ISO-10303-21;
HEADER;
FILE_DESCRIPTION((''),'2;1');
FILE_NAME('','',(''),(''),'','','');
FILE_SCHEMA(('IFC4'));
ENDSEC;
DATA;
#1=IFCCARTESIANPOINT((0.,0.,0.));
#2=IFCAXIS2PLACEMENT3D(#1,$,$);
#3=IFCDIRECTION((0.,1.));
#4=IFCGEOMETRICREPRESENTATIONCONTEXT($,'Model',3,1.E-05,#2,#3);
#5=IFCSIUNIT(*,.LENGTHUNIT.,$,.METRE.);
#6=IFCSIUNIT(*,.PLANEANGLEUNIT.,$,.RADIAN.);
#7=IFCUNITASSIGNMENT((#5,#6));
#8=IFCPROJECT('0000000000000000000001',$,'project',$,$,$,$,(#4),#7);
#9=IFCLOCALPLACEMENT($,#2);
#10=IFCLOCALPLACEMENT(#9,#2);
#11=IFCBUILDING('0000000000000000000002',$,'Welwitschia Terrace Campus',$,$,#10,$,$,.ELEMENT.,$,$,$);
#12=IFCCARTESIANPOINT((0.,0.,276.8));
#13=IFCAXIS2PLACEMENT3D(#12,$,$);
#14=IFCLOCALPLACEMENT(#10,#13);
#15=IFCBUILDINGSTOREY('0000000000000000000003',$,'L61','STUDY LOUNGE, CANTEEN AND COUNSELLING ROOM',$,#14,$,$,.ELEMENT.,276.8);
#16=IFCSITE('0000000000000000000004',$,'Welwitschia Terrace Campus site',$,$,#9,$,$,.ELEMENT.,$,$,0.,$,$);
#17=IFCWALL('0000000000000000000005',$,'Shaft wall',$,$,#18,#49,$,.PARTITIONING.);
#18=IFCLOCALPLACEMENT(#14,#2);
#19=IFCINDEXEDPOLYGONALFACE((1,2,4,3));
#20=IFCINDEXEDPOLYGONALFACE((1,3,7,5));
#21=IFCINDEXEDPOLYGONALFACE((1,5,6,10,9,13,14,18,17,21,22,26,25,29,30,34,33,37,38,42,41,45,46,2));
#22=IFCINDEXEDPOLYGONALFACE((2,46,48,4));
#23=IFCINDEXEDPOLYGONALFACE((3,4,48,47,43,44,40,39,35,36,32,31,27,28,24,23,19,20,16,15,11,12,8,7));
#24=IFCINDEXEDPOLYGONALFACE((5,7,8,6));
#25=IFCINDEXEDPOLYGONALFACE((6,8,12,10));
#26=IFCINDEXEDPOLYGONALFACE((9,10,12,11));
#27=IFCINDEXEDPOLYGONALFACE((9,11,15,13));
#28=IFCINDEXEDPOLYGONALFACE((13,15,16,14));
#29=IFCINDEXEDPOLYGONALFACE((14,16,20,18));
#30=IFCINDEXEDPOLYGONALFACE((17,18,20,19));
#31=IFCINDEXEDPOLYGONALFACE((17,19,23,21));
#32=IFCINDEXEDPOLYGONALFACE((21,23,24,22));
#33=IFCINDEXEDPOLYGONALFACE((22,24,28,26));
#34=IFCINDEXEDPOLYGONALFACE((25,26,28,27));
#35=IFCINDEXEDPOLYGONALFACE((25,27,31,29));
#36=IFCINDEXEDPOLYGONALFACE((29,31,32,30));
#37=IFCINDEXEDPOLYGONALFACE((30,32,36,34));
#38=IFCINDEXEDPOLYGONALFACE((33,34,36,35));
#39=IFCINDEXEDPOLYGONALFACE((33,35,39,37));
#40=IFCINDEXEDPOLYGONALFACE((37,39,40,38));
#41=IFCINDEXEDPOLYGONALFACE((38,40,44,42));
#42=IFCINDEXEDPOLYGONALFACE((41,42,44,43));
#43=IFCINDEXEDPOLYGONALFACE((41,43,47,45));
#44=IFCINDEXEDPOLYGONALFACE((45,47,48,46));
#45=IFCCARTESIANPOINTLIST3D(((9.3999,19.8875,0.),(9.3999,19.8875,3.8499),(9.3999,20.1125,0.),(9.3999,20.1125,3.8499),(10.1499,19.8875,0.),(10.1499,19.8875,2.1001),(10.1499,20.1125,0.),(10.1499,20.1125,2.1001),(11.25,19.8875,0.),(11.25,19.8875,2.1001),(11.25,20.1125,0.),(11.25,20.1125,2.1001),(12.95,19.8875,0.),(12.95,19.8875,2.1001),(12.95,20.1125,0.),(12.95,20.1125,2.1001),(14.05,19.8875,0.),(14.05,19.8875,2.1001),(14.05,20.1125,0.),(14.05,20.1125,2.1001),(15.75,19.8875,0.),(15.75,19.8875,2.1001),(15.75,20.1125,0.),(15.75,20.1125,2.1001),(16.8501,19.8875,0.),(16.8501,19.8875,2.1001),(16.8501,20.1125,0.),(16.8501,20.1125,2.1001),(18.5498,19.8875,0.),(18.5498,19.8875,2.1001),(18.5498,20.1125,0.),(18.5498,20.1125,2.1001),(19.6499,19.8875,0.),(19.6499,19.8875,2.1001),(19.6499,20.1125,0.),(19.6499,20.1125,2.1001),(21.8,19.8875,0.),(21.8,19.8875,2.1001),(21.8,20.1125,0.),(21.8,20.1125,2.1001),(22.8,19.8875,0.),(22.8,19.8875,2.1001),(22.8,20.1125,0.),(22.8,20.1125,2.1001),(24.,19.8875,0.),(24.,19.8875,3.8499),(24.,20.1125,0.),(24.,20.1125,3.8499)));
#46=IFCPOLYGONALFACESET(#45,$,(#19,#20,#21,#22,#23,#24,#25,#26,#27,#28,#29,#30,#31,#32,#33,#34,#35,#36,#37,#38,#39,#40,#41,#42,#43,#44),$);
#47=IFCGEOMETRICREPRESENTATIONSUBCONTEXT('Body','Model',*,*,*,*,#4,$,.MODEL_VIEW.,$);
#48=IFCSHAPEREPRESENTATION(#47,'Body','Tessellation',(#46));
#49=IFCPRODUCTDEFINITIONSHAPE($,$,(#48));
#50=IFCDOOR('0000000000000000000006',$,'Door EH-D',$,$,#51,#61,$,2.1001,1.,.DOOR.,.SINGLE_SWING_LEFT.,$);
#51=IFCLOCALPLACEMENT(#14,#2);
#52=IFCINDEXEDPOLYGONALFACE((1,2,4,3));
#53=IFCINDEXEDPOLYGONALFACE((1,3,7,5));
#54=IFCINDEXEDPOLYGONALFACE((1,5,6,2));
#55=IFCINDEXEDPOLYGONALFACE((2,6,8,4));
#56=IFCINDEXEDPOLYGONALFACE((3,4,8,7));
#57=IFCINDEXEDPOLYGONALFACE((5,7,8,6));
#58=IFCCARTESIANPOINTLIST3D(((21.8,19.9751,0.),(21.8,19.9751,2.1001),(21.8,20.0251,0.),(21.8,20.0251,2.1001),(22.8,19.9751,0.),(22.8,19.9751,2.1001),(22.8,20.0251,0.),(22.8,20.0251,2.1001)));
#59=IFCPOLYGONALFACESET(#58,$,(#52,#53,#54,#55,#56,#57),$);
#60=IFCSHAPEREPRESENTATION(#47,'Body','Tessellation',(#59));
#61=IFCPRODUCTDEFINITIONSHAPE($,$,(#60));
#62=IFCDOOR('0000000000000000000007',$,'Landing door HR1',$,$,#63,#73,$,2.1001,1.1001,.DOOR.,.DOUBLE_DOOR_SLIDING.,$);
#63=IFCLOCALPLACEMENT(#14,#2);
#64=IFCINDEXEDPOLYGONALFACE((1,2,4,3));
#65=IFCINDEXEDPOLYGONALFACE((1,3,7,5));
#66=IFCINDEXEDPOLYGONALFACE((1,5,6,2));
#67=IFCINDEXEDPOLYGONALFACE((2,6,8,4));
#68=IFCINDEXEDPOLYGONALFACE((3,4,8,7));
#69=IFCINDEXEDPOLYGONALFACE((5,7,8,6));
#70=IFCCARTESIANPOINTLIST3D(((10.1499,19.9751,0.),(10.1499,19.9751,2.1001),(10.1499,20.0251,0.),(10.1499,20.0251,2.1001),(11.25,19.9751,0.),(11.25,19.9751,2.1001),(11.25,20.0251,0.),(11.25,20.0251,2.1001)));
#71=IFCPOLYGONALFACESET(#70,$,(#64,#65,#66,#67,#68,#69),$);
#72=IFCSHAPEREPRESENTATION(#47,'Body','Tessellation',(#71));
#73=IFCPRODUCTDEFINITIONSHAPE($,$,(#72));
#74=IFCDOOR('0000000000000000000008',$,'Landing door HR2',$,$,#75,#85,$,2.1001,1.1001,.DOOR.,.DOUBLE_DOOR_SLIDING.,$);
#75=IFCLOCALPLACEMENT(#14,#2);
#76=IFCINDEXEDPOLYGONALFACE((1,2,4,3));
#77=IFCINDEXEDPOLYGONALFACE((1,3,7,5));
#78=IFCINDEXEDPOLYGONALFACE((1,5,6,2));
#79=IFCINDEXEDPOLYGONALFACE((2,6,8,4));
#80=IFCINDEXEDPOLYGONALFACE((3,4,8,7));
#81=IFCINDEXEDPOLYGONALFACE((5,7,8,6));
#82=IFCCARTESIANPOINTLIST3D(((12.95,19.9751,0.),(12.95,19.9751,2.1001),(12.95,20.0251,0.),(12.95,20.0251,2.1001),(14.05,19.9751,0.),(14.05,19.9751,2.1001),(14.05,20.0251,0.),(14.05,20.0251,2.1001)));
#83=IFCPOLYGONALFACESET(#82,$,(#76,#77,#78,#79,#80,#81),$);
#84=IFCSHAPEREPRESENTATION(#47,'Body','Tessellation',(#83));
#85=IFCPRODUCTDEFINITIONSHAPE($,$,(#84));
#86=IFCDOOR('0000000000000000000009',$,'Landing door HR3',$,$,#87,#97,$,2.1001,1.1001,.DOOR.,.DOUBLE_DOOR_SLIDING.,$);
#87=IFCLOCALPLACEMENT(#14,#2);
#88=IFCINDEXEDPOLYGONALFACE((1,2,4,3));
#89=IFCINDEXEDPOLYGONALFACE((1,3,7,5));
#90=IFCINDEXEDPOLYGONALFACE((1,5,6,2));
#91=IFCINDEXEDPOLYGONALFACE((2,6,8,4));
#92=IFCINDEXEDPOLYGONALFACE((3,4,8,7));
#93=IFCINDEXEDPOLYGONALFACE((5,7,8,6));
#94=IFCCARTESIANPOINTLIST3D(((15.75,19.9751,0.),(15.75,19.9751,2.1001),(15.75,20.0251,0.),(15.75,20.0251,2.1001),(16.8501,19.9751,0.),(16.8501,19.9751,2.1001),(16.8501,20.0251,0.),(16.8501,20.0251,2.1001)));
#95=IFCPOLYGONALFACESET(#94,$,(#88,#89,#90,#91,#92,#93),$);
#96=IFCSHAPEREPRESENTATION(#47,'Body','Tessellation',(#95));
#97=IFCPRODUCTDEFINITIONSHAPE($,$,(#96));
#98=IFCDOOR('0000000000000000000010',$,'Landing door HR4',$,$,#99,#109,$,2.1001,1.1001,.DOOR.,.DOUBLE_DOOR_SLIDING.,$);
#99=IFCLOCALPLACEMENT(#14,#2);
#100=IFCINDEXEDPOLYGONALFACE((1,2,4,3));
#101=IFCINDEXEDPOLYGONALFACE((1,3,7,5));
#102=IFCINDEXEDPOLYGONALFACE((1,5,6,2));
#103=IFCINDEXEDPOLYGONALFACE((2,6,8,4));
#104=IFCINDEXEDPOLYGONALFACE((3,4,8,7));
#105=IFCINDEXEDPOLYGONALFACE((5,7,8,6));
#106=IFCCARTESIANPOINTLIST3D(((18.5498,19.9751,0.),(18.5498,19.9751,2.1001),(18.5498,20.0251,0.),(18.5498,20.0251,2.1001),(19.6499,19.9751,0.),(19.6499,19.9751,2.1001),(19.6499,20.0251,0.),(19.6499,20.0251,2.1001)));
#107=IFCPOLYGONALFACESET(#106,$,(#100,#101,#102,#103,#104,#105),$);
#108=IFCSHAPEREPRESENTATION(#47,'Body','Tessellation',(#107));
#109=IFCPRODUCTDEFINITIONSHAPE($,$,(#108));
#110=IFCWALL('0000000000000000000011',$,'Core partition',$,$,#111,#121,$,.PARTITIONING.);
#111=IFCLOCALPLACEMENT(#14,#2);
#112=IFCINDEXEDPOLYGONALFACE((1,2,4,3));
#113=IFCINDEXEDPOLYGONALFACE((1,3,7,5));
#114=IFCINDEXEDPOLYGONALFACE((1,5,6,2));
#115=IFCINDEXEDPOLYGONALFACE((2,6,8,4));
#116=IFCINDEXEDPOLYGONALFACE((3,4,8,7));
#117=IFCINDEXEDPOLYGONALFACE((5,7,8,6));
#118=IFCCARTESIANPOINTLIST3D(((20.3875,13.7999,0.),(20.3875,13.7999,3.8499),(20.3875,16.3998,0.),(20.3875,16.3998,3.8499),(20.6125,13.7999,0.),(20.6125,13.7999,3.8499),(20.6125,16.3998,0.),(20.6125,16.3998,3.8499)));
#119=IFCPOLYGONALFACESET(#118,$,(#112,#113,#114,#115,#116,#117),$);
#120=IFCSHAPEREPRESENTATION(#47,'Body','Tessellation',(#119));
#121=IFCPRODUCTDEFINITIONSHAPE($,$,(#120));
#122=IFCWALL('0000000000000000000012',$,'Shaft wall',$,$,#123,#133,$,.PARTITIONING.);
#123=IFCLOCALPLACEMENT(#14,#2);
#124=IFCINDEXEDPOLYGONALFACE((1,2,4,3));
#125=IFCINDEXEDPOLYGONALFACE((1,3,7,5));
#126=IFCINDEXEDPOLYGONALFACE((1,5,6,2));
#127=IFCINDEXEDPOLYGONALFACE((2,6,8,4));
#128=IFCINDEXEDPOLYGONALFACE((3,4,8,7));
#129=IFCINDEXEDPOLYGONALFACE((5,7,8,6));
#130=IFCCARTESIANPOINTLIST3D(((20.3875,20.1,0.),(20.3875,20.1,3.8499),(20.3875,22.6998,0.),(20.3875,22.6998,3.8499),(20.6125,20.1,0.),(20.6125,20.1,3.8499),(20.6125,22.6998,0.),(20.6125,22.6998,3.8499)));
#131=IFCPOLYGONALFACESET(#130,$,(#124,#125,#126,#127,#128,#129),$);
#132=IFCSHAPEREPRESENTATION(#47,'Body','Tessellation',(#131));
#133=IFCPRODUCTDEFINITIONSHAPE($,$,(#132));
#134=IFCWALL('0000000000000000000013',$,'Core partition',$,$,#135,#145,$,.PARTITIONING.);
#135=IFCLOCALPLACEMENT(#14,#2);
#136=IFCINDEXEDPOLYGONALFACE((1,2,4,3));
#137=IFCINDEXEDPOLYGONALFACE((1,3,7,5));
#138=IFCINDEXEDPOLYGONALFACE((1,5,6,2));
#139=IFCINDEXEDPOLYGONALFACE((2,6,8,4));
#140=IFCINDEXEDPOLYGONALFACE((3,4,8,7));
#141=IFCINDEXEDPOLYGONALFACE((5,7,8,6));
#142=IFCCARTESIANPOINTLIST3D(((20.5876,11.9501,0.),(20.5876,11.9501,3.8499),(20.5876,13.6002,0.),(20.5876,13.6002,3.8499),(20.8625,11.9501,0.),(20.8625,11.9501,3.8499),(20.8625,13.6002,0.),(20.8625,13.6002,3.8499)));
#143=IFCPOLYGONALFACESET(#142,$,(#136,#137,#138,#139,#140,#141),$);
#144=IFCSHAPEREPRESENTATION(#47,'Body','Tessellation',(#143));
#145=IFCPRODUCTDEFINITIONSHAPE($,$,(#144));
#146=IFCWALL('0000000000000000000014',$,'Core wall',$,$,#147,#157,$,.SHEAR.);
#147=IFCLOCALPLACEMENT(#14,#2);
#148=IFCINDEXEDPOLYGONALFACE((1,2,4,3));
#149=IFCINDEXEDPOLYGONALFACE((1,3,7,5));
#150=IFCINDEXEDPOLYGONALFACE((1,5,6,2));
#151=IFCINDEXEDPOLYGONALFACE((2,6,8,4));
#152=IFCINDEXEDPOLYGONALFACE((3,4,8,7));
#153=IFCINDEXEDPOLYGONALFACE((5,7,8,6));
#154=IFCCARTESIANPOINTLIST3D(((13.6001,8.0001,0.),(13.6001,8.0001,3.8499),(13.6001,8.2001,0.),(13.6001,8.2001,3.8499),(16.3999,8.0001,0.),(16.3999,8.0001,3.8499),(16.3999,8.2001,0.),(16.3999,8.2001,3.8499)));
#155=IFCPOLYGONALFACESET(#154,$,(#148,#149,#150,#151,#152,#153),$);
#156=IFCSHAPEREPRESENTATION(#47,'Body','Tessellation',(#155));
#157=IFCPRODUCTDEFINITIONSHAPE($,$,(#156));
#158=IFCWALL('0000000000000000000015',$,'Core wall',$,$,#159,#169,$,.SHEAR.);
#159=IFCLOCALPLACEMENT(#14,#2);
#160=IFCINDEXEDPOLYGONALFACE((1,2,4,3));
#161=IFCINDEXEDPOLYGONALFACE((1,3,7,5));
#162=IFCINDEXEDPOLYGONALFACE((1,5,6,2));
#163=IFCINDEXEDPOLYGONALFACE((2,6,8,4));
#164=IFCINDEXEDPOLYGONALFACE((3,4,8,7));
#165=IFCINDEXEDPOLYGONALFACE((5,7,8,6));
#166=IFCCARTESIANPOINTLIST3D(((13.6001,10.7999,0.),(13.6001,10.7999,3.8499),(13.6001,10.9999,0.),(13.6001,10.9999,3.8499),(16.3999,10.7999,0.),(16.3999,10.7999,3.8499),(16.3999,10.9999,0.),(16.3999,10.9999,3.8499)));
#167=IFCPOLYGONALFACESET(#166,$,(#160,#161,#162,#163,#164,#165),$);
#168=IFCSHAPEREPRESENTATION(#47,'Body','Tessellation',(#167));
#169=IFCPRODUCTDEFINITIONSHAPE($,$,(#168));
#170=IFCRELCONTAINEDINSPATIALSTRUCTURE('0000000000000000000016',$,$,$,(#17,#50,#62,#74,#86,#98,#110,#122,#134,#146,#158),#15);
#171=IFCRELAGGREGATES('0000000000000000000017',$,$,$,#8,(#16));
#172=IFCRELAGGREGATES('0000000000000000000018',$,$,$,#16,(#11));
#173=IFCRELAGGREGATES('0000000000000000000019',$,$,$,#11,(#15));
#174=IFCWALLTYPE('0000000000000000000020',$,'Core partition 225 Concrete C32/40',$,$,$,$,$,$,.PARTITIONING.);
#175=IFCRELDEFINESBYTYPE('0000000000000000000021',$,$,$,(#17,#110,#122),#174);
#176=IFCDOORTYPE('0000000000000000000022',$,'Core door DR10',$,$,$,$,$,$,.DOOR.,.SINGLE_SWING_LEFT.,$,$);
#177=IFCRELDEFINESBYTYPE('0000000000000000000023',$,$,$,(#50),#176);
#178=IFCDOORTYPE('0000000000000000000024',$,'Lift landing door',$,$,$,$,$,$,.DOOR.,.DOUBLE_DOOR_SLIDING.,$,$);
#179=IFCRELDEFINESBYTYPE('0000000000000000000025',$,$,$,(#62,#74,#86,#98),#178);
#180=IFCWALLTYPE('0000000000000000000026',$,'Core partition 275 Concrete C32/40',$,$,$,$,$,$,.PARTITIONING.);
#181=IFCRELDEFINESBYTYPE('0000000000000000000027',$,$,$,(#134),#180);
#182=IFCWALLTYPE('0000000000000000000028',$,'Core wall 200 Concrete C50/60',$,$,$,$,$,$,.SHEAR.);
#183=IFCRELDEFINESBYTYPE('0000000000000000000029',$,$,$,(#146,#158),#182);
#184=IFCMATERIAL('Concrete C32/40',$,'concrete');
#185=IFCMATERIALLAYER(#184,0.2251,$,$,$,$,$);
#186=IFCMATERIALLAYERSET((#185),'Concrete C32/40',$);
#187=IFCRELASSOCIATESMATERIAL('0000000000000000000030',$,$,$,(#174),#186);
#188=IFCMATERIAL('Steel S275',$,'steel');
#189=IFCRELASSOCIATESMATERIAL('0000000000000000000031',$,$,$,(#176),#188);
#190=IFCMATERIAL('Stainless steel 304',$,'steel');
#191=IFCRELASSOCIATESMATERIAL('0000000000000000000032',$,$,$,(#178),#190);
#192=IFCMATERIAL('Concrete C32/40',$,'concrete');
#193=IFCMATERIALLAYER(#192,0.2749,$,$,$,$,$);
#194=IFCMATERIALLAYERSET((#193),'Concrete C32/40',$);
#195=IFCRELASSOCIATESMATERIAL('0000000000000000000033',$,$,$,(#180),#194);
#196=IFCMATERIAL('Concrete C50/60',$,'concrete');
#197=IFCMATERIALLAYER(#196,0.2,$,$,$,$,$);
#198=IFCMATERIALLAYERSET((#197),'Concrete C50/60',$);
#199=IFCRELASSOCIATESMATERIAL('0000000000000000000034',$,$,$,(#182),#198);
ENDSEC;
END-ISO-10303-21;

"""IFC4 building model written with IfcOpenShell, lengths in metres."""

from ifc_helpers import new_model, si_unit, direction, frame, frame_2d, origin, place, context, subcontext, project, spatial, rectangle, extrude, material, layer, layer_set, type_object, element, fill, save


model = new_model("IFC4")

# Units and contexts
model_context = context("Model", 3, precision=1e-05, world=origin(), true_north=direction((0.0, 1.0)))
body_context = subcontext(model_context, "Body", "Model", "MODEL_VIEW")
ifc_project = project(units=[si_unit("LENGTHUNIT", "METRE"), si_unit("PLANEANGLEUNIT", "RADIAN")], contexts=[model_context])

# Site, building, storey
site_placement = place(None, origin())
site = spatial("IfcSite", under=ifc_project, at=site_placement, Name="Welwitschia Terrace Campus site", CompositionType="ELEMENT", RefElevation=0.0)
building_placement = place(site_placement, origin())
building = spatial("IfcBuilding", under=site, at=building_placement, Name="Welwitschia Terrace Campus", CompositionType="ELEMENT")
storey_placement = place(building_placement, frame((0.0, 0.0, 276.8)))
storey = spatial("IfcBuildingStorey", under=building, at=storey_placement, Name="L61", Description="STUDY LOUNGE, CANTEEN AND COUNSELLING ROOM", CompositionType="ELEMENT", Elevation=276.8)

# Shared definitions
ifc_material_1 = material(Name="Concrete C32/40", Category="concrete")
ifc_layer_1 = layer(ifc_material_1, 0.2251)
ifc_layer_set_1 = layer_set([ifc_layer_1], Name="Concrete C32/40")
wall_type_1 = type_object("IfcWallType", Name="Core partition 225 Concrete C32/40", PredefinedType="PARTITIONING", material=ifc_layer_set_1)

# Wall, openings, doors
wall_1_placement = place(storey_placement, frame((24.0, 20.0, 0.0), z_axis=(0.0, 0.0, 1.0), x_axis=(-1.0, 0.0, 0.0)))
wall_1 = element("IfcWall", 1, at=wall_1_placement, inside=storey, type_object=wall_type_1, Name="Shaft wall", PredefinedType="PARTITIONING", context=body_context, shape_type="SweptSolid", body=[
    extrude(rectangle(XDim=14.6001, YDim=0.2251, at=frame_2d((7.3, 0.0))), origin(), (0.0, 0.0, 1.0), 3.8499),
])
opening_1_placement = place(wall_1_placement, frame((12.75, 0.0, 0.0)))
opening_1 = element("IfcOpeningElement", 2, at=opening_1_placement, cuts=wall_1, PredefinedType="OPENING", context=body_context, shape_type="SweptSolid", body=[
    extrude(rectangle(XDim=1.1001, YDim=2.1001, at=frame_2d((0.55, 1.05))), frame((0.0, 0.1226, 0.0), z_axis=(0.0, -1.0, 0.0), x_axis=(1.0, 0.0, 0.0)), (0.0, 0.0, 1.0), 0.2451),
])
opening_2_placement = place(wall_1_placement, frame((9.95, 0.0, 0.0)))
opening_2 = element("IfcOpeningElement", 3, at=opening_2_placement, cuts=wall_1, PredefinedType="OPENING", context=body_context, shape_type="SweptSolid", body=[
    extrude(rectangle(XDim=1.1001, YDim=2.1001, at=frame_2d((0.55, 1.05))), frame((0.0, 0.1226, 0.0), z_axis=(0.0, -1.0, 0.0), x_axis=(1.0, 0.0, 0.0)), (0.0, 0.0, 1.0), 0.2451),
])
opening_3_placement = place(wall_1_placement, frame((7.1499, 0.0, 0.0)))
opening_3 = element("IfcOpeningElement", 4, at=opening_3_placement, cuts=wall_1, PredefinedType="OPENING", context=body_context, shape_type="SweptSolid", body=[
    extrude(rectangle(XDim=1.1001, YDim=2.1001, at=frame_2d((0.55, 1.05))), frame((0.0, 0.1226, 0.0), z_axis=(0.0, -1.0, 0.0), x_axis=(1.0, 0.0, 0.0)), (0.0, 0.0, 1.0), 0.2451),
])
opening_4_placement = place(wall_1_placement, frame((4.3501, 0.0, 0.0)))
opening_4 = element("IfcOpeningElement", 5, at=opening_4_placement, cuts=wall_1, PredefinedType="OPENING", context=body_context, shape_type="SweptSolid", body=[
    extrude(rectangle(XDim=1.1001, YDim=2.1001, at=frame_2d((0.55, 1.05))), frame((0.0, 0.1226, 0.0), z_axis=(0.0, -1.0, 0.0), x_axis=(1.0, 0.0, 0.0)), (0.0, 0.0, 1.0), 0.2451),
])
opening_5_placement = place(wall_1_placement, frame((1.2, 0.0, 0.0)))
opening_5 = element("IfcOpeningElement", 6, at=opening_5_placement, cuts=wall_1, PredefinedType="OPENING", context=body_context, shape_type="SweptSolid", body=[
    extrude(rectangle(XDim=1.0, YDim=2.1001, at=frame_2d((0.5, 1.05))), frame((0.0, 0.1226, 0.0), z_axis=(0.0, -1.0, 0.0), x_axis=(1.0, 0.0, 0.0)), (0.0, 0.0, 1.0), 0.2451),
])
ifc_material_2 = material(Name="Steel S275", Category="steel")
door_type_1 = type_object("IfcDoorType", Name="Core door DR10", OperationType="SINGLE_SWING_LEFT", PredefinedType="DOOR", material=ifc_material_2)
door_1_placement = place(opening_5_placement, origin())
door_1 = element("IfcDoor", 7, at=door_1_placement, inside=storey, type_object=door_type_1, Name="Door EH-D", OperationType="SINGLE_SWING_LEFT", OverallHeight=2.1001, OverallWidth=1.0, PredefinedType="DOOR", context=body_context, shape_type="SweptSolid", body=[
    extrude(rectangle(XDim=1.0, YDim=2.1001, at=frame_2d((0.5, 1.05))), frame((0.0, 0.0249, 0.0), z_axis=(0.0, -1.0, 0.0), x_axis=(1.0, 0.0, 0.0)), (0.0, 0.0, 1.0), 0.05),
])
fill(opening_5, door_1)
ifc_material_3 = material(Name="Stainless steel 304", Category="steel")
door_type_2 = type_object("IfcDoorType", Name="Lift landing door", OperationType="DOUBLE_DOOR_SLIDING", PredefinedType="DOOR", material=ifc_material_3)
door_2_placement = place(opening_1_placement, origin())
door_2 = element("IfcDoor", 8, at=door_2_placement, inside=storey, type_object=door_type_2, Name="Landing door HR1", OperationType="DOUBLE_DOOR_SLIDING", OverallHeight=2.1001, OverallWidth=1.1001, PredefinedType="DOOR", context=body_context, shape_type="SweptSolid", body=[
    extrude(rectangle(XDim=1.1001, YDim=2.1001, at=frame_2d((0.55, 1.05))), frame((0.0, 0.0249, 0.0), z_axis=(0.0, -1.0, 0.0), x_axis=(1.0, 0.0, 0.0)), (0.0, 0.0, 1.0), 0.05),
])
fill(opening_1, door_2)
door_3_placement = place(opening_2_placement, origin())
door_3 = element("IfcDoor", 9, at=door_3_placement, inside=storey, type_object=door_type_2, Name="Landing door HR2", OperationType="DOUBLE_DOOR_SLIDING", OverallHeight=2.1001, OverallWidth=1.1001, PredefinedType="DOOR", context=body_context, shape_type="SweptSolid", body=[
    extrude(rectangle(XDim=1.1001, YDim=2.1001, at=frame_2d((0.55, 1.05))), frame((0.0, 0.0249, 0.0), z_axis=(0.0, -1.0, 0.0), x_axis=(1.0, 0.0, 0.0)), (0.0, 0.0, 1.0), 0.05),
])
fill(opening_2, door_3)
door_4_placement = place(opening_3_placement, origin())
door_4 = element("IfcDoor", 10, at=door_4_placement, inside=storey, type_object=door_type_2, Name="Landing door HR3", OperationType="DOUBLE_DOOR_SLIDING", OverallHeight=2.1001, OverallWidth=1.1001, PredefinedType="DOOR", context=body_context, shape_type="SweptSolid", body=[
    extrude(rectangle(XDim=1.1001, YDim=2.1001, at=frame_2d((0.55, 1.05))), frame((0.0, 0.0249, 0.0), z_axis=(0.0, -1.0, 0.0), x_axis=(1.0, 0.0, 0.0)), (0.0, 0.0, 1.0), 0.05),
])
fill(opening_3, door_4)
door_5_placement = place(opening_4_placement, origin())
door_5 = element("IfcDoor", 11, at=door_5_placement, inside=storey, type_object=door_type_2, Name="Landing door HR4", OperationType="DOUBLE_DOOR_SLIDING", OverallHeight=2.1001, OverallWidth=1.1001, PredefinedType="DOOR", context=body_context, shape_type="SweptSolid", body=[
    extrude(rectangle(XDim=1.1001, YDim=2.1001, at=frame_2d((0.55, 1.05))), frame((0.0, 0.0249, 0.0), z_axis=(0.0, -1.0, 0.0), x_axis=(1.0, 0.0, 0.0)), (0.0, 0.0, 1.0), 0.05),
])
fill(opening_4, door_5)

# Walls
for number, where, z_axis, x_axis, name in (
    (12, (20.5, 13.8, 0.0), (0.0, 0.0, 1.0), (0.0, 1.0, 0.0), "Core partition"),
    (13, (20.5, 20.1001, 0.0), (0.0, 0.0, 1.0), (0.0, 1.0, 0.0), "Shaft wall"),
):
    element("IfcWall", number, at=place(storey_placement, frame(where, z_axis=z_axis, x_axis=x_axis)), inside=storey, type_object=wall_type_1, Name=name, PredefinedType="PARTITIONING", context=body_context, shape_type="SweptSolid", body=[
        extrude(rectangle(XDim=2.5999, YDim=0.2251, at=frame_2d((1.2998, 0.0))), origin(), (0.0, 0.0, 1.0), 3.8499),
    ])
ifc_material_4 = material(Name="Concrete C32/40", Category="concrete")
ifc_layer_2 = layer(ifc_material_4, 0.2749)
ifc_layer_set_2 = layer_set([ifc_layer_2], Name="Concrete C32/40")
wall_type_2 = type_object("IfcWallType", Name="Core partition 275 Concrete C32/40", PredefinedType="PARTITIONING", material=ifc_layer_set_2)
wall_2_placement = place(storey_placement, frame((20.7251, 11.95, 0.0), z_axis=(0.0, 0.0, 1.0), x_axis=(0.0, 1.0, 0.0)))
element("IfcWall", 14, at=wall_2_placement, inside=storey, type_object=wall_type_2, Name="Core partition", PredefinedType="PARTITIONING", context=body_context, shape_type="SweptSolid", body=[
    extrude(rectangle(XDim=1.6501, YDim=0.2749, at=frame_2d((0.8252, 0.0))), origin(), (0.0, 0.0, 1.0), 3.8499),
])
ifc_material_5 = material(Name="Concrete C50/60", Category="concrete")
ifc_layer_3 = layer(ifc_material_5, 0.2)
ifc_layer_set_3 = layer_set([ifc_layer_3], Name="Concrete C50/60")
wall_type_3 = type_object("IfcWallType", Name="Core wall 200 Concrete C50/60", PredefinedType="SHEAR", material=ifc_layer_set_3)
for number, where, z_axis, x_axis, name in (
    (15, (13.6001, 8.1001, 0.0), (0.0, 0.0, 1.0), (1.0, 0.0, 0.0), "Core wall"),
    (16, (13.6001, 10.8999, 0.0), (0.0, 0.0, 1.0), (1.0, 0.0, 0.0), "Core wall"),
):
    element("IfcWall", number, at=place(storey_placement, frame(where, z_axis=z_axis, x_axis=x_axis)), inside=storey, type_object=wall_type_3, Name=name, PredefinedType="SHEAR", context=body_context, shape_type="SweptSolid", body=[
        extrude(rectangle(XDim=2.7998, YDim=0.2, at=frame_2d((1.3999, 0.0))), origin(), (0.0, 0.0, 1.0), 3.8499),
    ])

save(model, "model.ifc")
